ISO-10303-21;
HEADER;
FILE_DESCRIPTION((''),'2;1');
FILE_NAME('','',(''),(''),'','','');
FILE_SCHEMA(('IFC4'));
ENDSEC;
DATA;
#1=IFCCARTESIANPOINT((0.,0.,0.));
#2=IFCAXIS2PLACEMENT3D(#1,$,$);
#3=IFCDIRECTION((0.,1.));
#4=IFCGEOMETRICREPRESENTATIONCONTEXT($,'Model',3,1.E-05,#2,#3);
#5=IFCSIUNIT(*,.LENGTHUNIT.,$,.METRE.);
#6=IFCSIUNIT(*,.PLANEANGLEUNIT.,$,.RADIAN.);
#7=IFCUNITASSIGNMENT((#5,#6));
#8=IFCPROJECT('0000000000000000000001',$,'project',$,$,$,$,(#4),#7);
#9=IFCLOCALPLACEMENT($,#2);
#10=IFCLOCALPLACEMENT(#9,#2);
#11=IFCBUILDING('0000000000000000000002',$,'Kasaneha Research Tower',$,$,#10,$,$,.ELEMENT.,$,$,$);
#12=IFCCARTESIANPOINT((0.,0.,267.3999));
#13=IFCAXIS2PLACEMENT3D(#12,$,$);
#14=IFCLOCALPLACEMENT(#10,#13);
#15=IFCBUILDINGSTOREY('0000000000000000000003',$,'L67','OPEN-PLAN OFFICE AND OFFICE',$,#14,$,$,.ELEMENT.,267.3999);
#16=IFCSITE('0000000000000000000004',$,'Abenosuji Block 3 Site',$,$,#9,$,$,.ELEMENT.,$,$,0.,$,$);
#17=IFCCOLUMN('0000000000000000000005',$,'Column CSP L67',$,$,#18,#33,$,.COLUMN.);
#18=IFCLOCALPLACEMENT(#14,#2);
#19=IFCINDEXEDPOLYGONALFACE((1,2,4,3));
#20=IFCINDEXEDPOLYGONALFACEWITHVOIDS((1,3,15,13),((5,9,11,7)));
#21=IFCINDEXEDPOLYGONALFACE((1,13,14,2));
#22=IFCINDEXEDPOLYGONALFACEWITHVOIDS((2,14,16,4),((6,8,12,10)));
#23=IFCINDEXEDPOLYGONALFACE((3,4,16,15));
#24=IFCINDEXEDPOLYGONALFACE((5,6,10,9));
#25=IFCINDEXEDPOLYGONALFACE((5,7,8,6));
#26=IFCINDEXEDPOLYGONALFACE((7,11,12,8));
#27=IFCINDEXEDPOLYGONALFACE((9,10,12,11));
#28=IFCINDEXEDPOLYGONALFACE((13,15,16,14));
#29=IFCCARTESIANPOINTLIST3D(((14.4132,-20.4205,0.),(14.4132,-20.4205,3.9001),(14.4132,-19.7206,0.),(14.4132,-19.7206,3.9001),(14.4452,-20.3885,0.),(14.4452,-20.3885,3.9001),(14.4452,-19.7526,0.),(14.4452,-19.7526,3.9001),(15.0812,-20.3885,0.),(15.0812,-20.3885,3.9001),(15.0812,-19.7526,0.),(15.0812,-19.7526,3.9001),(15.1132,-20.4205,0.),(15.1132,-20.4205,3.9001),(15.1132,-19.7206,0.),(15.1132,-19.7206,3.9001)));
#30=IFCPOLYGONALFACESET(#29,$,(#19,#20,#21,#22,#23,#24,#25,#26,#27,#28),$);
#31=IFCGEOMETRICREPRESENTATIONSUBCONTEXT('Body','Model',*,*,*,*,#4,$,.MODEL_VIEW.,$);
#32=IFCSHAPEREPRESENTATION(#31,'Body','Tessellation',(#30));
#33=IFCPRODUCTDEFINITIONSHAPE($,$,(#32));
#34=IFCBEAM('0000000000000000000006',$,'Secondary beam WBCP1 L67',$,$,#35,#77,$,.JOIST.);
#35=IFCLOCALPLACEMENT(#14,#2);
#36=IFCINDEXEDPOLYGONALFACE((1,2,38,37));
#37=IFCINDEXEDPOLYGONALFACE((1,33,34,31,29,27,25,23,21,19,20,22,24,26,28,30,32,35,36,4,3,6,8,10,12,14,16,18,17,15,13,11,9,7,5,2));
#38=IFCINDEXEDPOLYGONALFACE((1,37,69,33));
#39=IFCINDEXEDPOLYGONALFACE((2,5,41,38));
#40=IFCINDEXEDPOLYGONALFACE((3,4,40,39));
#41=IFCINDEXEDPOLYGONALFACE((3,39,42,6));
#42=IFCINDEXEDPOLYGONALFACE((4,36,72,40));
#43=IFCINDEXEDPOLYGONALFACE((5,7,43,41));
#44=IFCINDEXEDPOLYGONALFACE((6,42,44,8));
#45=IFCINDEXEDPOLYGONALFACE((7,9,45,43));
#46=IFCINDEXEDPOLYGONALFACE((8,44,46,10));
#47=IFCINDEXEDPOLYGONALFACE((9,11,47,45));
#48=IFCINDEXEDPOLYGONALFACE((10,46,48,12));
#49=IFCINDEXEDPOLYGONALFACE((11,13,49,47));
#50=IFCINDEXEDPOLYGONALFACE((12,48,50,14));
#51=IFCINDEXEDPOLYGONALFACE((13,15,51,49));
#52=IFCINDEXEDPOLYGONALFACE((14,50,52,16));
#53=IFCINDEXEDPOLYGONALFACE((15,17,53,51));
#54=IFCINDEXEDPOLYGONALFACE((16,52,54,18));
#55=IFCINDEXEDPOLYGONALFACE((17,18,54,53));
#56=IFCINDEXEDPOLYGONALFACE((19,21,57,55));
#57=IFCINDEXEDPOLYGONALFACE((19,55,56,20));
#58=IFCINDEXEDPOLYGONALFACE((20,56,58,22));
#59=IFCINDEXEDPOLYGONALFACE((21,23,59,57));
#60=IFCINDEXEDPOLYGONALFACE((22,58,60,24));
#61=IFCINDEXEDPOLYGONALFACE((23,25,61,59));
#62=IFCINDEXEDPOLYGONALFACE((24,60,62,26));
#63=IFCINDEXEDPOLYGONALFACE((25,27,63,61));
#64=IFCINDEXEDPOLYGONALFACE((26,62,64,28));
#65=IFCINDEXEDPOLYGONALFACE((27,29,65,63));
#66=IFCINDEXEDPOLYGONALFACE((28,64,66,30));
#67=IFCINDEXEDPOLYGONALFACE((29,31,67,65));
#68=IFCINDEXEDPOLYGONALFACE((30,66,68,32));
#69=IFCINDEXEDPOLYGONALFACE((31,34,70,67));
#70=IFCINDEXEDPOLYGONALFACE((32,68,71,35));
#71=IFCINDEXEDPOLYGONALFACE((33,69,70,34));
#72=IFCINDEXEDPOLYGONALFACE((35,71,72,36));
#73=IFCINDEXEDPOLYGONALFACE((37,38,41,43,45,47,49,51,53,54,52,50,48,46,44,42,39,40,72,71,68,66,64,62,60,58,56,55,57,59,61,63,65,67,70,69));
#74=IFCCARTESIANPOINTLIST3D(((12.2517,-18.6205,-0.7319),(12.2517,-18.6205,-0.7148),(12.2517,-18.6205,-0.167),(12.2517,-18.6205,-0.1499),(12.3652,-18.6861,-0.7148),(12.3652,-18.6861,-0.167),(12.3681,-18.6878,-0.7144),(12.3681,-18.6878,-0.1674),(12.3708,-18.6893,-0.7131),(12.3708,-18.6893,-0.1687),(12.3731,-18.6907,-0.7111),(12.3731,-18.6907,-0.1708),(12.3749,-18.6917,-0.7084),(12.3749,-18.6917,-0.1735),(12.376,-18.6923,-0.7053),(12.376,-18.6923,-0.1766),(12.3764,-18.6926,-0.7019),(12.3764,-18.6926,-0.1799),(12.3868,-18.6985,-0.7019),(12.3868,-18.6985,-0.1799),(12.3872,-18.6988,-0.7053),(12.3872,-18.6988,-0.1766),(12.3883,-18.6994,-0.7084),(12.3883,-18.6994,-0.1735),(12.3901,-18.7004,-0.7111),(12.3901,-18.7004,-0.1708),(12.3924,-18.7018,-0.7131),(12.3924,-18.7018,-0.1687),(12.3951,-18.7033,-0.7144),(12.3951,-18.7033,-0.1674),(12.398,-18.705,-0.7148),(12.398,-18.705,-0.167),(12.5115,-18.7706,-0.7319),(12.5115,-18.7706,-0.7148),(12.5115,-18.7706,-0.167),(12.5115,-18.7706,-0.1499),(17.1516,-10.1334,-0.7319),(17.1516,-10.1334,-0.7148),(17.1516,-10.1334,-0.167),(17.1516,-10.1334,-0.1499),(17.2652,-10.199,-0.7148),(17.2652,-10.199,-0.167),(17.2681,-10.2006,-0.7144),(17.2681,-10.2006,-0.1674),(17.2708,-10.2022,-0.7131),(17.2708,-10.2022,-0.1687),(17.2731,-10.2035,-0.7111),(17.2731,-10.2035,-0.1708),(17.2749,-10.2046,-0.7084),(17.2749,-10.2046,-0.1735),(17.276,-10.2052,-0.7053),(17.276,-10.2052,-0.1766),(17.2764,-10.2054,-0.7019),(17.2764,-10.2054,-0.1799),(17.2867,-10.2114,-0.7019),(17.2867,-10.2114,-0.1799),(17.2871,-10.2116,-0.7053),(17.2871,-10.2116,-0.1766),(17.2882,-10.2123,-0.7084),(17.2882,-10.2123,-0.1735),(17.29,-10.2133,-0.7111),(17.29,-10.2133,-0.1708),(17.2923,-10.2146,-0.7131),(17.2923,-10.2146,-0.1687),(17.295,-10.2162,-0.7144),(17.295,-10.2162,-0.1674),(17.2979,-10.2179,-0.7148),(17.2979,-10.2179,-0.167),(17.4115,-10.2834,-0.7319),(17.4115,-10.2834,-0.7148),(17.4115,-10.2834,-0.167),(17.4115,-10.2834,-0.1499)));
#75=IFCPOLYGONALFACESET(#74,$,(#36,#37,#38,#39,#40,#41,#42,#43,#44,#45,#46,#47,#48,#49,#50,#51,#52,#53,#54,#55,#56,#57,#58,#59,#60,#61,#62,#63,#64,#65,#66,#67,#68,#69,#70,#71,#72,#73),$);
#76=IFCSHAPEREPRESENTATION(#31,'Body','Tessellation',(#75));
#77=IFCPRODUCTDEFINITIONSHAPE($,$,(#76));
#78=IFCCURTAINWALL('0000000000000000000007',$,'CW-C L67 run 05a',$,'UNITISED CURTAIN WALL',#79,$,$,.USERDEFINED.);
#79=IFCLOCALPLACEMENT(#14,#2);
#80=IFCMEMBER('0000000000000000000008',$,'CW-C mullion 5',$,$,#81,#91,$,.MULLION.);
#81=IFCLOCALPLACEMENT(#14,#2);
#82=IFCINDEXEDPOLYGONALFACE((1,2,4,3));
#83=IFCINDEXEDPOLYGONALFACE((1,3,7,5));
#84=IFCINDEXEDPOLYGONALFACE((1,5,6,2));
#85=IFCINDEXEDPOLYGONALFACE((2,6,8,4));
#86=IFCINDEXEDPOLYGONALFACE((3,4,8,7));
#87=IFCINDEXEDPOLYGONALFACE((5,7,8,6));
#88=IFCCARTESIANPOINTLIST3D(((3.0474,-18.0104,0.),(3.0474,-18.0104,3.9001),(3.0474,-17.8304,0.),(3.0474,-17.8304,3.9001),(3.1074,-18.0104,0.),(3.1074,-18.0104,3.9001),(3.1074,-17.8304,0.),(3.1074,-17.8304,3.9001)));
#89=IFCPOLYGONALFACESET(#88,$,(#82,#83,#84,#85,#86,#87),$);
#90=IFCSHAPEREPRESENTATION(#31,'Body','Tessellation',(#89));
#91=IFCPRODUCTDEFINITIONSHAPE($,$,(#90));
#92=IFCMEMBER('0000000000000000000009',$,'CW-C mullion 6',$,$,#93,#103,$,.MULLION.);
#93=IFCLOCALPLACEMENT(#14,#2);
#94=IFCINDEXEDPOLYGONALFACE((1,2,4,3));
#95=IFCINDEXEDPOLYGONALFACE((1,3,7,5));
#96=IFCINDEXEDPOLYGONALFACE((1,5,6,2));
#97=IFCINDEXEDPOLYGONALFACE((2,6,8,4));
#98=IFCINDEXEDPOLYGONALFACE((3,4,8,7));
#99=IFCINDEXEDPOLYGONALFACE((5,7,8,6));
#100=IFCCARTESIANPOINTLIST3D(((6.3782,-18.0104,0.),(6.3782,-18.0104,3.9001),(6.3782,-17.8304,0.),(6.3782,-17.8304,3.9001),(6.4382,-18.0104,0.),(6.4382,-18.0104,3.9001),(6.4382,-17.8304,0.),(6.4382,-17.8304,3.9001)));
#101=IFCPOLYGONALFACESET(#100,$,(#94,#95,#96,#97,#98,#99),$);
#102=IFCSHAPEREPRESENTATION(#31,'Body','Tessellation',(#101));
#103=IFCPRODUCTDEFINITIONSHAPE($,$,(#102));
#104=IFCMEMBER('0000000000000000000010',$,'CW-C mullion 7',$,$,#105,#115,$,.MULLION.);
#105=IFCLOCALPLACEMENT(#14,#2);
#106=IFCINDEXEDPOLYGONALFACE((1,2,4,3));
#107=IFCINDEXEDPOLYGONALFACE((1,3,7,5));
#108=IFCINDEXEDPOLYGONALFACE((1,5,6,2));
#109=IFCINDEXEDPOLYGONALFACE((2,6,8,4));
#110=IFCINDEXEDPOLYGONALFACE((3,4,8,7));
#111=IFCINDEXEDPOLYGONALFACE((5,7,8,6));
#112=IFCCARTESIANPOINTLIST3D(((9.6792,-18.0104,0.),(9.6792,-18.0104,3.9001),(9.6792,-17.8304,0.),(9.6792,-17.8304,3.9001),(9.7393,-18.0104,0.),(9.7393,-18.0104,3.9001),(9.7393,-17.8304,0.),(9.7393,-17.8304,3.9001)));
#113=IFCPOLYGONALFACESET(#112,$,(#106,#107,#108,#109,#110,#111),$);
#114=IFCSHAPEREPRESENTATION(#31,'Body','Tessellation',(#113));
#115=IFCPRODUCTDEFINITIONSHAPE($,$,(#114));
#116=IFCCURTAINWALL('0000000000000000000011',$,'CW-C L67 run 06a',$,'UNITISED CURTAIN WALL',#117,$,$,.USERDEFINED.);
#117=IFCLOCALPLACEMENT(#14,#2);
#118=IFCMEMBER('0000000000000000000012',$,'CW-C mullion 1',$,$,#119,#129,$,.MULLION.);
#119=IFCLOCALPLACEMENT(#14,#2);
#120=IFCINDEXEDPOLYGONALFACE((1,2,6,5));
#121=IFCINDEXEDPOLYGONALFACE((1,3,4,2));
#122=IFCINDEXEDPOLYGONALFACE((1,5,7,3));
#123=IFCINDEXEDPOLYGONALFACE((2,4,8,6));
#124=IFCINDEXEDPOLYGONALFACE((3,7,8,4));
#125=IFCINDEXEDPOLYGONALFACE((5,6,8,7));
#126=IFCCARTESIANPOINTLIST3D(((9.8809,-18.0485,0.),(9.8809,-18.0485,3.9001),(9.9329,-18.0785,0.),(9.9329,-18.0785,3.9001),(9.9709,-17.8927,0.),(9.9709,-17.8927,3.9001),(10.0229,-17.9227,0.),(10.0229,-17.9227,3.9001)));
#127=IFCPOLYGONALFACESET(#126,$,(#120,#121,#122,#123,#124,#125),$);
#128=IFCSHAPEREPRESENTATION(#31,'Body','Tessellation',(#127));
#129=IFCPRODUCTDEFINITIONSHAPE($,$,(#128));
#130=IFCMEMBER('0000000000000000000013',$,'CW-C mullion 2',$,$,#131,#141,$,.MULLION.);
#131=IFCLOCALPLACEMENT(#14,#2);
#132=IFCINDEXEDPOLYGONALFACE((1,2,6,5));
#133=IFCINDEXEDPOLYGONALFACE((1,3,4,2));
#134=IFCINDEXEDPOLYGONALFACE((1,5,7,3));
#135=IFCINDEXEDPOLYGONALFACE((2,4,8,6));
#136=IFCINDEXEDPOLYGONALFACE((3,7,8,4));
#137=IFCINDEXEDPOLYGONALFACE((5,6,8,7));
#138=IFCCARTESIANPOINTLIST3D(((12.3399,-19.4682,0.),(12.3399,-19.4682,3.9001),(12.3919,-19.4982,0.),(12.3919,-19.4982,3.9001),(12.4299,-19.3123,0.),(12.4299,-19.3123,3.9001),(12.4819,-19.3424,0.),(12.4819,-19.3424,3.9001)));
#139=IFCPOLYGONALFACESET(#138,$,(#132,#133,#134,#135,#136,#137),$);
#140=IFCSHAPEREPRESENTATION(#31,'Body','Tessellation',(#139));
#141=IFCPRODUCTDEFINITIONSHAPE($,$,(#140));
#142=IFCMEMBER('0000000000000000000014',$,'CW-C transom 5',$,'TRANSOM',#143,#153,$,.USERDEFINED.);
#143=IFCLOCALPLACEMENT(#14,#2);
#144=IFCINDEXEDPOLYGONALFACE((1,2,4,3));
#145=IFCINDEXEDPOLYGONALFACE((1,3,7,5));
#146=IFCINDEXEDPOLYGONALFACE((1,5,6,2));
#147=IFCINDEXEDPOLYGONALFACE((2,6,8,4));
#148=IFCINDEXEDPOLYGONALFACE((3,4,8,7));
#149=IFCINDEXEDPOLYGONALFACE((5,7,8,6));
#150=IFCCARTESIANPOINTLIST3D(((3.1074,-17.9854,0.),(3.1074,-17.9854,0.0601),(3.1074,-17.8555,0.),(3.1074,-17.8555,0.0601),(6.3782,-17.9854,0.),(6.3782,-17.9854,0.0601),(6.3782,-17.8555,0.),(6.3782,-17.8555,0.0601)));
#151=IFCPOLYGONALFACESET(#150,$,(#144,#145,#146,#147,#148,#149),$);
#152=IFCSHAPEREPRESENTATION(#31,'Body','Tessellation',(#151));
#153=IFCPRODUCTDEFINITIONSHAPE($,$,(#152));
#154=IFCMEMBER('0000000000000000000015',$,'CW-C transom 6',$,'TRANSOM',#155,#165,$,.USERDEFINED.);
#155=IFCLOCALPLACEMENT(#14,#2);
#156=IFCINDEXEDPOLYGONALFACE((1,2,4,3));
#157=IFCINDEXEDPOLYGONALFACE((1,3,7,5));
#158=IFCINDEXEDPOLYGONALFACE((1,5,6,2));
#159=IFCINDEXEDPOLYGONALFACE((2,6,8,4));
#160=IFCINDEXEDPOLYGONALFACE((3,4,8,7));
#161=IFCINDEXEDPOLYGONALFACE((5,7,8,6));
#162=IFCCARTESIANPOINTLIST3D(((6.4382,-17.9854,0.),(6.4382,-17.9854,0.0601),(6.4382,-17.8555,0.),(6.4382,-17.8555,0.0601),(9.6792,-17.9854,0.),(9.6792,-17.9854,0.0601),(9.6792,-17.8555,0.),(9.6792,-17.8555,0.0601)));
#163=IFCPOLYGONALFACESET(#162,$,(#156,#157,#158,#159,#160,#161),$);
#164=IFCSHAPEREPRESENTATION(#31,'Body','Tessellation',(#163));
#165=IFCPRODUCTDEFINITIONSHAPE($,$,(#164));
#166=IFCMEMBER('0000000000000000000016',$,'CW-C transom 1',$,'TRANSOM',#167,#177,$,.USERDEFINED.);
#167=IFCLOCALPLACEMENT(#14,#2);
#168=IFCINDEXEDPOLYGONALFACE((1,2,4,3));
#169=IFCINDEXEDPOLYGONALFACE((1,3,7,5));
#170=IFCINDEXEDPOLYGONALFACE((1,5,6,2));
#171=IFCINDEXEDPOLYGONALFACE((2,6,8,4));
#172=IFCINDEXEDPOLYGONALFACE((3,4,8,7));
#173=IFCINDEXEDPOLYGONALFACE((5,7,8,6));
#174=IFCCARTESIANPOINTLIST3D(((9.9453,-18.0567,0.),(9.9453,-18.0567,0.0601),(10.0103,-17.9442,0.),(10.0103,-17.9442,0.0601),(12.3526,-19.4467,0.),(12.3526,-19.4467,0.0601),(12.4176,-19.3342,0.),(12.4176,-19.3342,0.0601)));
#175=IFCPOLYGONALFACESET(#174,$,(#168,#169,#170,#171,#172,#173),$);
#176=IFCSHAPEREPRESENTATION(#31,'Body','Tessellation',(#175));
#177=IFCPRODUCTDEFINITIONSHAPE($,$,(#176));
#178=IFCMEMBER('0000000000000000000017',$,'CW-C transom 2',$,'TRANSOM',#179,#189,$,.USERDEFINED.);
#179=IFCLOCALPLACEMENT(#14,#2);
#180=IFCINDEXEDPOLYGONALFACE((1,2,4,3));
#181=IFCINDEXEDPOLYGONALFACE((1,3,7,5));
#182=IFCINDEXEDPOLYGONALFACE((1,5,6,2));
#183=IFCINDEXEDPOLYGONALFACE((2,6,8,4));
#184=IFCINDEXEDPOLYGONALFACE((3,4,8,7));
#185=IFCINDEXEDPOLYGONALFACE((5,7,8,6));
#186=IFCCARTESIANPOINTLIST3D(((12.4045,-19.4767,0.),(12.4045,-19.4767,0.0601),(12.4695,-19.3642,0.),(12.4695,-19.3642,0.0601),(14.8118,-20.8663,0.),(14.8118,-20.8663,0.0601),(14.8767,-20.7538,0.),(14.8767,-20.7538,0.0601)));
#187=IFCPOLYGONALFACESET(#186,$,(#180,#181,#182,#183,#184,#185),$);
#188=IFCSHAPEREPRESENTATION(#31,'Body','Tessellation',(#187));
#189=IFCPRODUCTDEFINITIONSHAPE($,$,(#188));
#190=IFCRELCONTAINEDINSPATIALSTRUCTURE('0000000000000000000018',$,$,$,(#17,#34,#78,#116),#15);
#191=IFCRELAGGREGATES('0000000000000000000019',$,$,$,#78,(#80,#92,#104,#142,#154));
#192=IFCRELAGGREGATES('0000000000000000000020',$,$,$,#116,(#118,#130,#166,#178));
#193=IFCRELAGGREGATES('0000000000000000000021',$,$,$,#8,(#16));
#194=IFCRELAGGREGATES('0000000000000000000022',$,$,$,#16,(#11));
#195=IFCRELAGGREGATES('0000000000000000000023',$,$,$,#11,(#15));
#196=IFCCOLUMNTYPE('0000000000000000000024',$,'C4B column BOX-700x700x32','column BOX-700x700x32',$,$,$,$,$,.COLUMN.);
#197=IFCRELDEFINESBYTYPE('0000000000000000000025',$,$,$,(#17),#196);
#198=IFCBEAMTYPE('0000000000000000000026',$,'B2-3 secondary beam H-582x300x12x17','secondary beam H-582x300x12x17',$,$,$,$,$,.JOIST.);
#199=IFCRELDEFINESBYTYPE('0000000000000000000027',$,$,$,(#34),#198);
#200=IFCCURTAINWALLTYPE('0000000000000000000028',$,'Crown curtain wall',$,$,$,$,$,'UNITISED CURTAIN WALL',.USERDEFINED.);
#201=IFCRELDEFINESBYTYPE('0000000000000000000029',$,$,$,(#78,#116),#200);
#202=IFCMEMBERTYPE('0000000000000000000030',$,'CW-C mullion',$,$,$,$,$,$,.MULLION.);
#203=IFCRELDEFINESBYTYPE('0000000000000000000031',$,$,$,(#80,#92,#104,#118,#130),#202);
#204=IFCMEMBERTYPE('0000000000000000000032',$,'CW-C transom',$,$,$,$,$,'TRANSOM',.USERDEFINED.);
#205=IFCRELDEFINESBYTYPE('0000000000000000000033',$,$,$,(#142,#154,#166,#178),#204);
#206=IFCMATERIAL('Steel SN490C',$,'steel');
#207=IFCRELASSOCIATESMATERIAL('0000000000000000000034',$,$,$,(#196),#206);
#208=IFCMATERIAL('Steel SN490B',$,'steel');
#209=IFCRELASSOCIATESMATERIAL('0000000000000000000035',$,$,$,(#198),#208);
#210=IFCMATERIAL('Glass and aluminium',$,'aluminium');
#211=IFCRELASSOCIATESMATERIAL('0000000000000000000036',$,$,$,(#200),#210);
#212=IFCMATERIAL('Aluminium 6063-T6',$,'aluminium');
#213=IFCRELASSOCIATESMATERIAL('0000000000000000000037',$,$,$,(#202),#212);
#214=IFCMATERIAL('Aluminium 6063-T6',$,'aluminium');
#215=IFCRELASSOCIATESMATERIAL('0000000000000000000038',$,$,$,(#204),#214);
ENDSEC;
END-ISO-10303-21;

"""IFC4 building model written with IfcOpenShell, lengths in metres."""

from ifc_helpers import new_model, si_unit, direction, frame, origin, origin_2d, place, context, subcontext, project, spatial, rectangle, hollow_rectangle, i_section, extrude, material, material_profile, profile_set, type_object, element, aggregate, save


model = new_model("IFC4")

# Units and contexts
model_context = context("Model", 3, precision=1e-05, world=origin(), true_north=direction((0.0, 1.0)))
body_context = subcontext(model_context, "Body", "Model", "MODEL_VIEW")
ifc_project = project(units=[si_unit("LENGTHUNIT", "METRE"), si_unit("PLANEANGLEUNIT", "RADIAN")], contexts=[model_context])

# Site, building, storey
site_placement = place(None, origin())
site = spatial("IfcSite", under=ifc_project, at=site_placement, Name="Abenosuji Block 3 Site", CompositionType="ELEMENT", RefElevation=0.0)
building_placement = place(site_placement, origin())
building = spatial("IfcBuilding", under=site, at=building_placement, Name="Kasaneha Research Tower", CompositionType="ELEMENT")
storey_placement = place(building_placement, frame((0.0, 0.0, 267.3999)))
storey = spatial("IfcBuildingStorey", under=building, at=storey_placement, Name="L67", Description="OPEN-PLAN OFFICE AND OFFICE", CompositionType="ELEMENT", Elevation=267.3999)

# Column
ifc_material_1 = material(Name="Steel SN490C", Category="steel")
ifc_material_profile_1 = material_profile(ifc_material_1, hollow_rectangle(XDim=0.7, YDim=0.7, WallThickness=0.032, at=origin_2d()), Name="BOX-700x700x32")
ifc_profile_set_1 = profile_set([ifc_material_profile_1], Name="Steel SN490C")
column_type = type_object("IfcColumnType", Name="C4B column BOX-700x700x32", Description="column BOX-700x700x32", PredefinedType="COLUMN", material=ifc_profile_set_1)
column_placement = place(storey_placement, frame((14.7632, -20.0706, 0.0), z_axis=(0.0, 0.0, 1.0), x_axis=(1.0, 0.0, 0.0)))
element("IfcColumn", 1, at=column_placement, inside=storey, type_object=column_type, Name="Column CSP L67", PredefinedType="COLUMN", context=body_context, shape_type="SweptSolid", body=[
    extrude(hollow_rectangle(XDim=0.7, YDim=0.7, WallThickness=0.032, at=origin_2d()), origin(), (0.0, 0.0, 1.0), 3.9001),
])

# Beam
ifc_material_2 = material(Name="Steel SN490B", Category="steel")
ifc_material_profile_2 = material_profile(ifc_material_2, i_section(OverallWidth=0.3, OverallDepth=0.582, WebThickness=0.012, FlangeThickness=0.0171, FilletRadius=0.0129, at=origin_2d()), Name="H-582x300x12x17")
ifc_profile_set_2 = profile_set([ifc_material_profile_2], Name="Steel SN490B")
beam_type_1 = type_object("IfcBeamType", Name="B2-3 secondary beam H-582x300x12x17", Description="secondary beam H-582x300x12x17", PredefinedType="JOIST", material=ifc_profile_set_2)
beam_1_placement = place(storey_placement, frame((12.3816, -18.6956, -0.4409), z_axis=(0.499992, 0.86603, 0.0), x_axis=(-0.86603, 0.499992, 0.0)))
element("IfcBeam", 2, at=beam_1_placement, inside=storey, type_object=beam_type_1, Name="Secondary beam WBCP1 L67", PredefinedType="JOIST", context=body_context, shape_type="SweptSolid", body=[
    extrude(i_section(OverallWidth=0.3, OverallDepth=0.582, WebThickness=0.012, FlangeThickness=0.0171, FilletRadius=0.0129, at=origin_2d()), origin(), (0.0, 0.0, 1.0), 9.8),
])

# Curtain walls, members
ifc_material_3 = material(Name="Glass and aluminium", Category="aluminium")
curtain_wall_type = type_object("IfcCurtainWallType", Name="Crown curtain wall", ElementType="UNITISED CURTAIN WALL", PredefinedType="USERDEFINED", material=ifc_material_3)
curtain_wall_1_placement = place(storey_placement, origin())
curtain_wall_1 = element("IfcCurtainWall", 3, at=curtain_wall_1_placement, inside=storey, type_object=curtain_wall_type, Name="CW-C L67 run 05a", ObjectType="UNITISED CURTAIN WALL", PredefinedType="USERDEFINED")
ifc_material_4 = material(Name="Aluminium 6063-T6", Category="aluminium")
ifc_material_profile_3 = material_profile(ifc_material_4, rectangle(XDim=0.0601, YDim=0.1799, at=origin_2d()), Name="CW-C mullion 60x180")
ifc_profile_set_3 = profile_set([ifc_material_profile_3], Name="Aluminium 6063-T6")
member_type_1 = type_object("IfcMemberType", Name="CW-C mullion", PredefinedType="MULLION", material=ifc_profile_set_3)
member_1_placement = place(storey_placement, frame((3.0774, -17.9204, 0.0), z_axis=(0.0, 0.0, 1.0), x_axis=(1.0, 0.0, 0.0)))
member_1 = element("IfcMember", 4, at=member_1_placement, type_object=member_type_1, Name="CW-C mullion 5", PredefinedType="MULLION", context=body_context, shape_type="SweptSolid", body=[
    extrude(rectangle(XDim=0.0601, YDim=0.1799, at=origin_2d()), origin(), (0.0, 0.0, 1.0), 3.9001),
])
member_2_placement = place(storey_placement, frame((6.4082, -17.9204, 0.0), z_axis=(0.0, 0.0, 1.0), x_axis=(1.0, 0.0, 0.0)))
member_2 = element("IfcMember", 5, at=member_2_placement, type_object=member_type_1, Name="CW-C mullion 6", PredefinedType="MULLION", context=body_context, shape_type="SweptSolid", body=[
    extrude(rectangle(XDim=0.0601, YDim=0.1799, at=origin_2d()), origin(), (0.0, 0.0, 1.0), 3.9001),
])
member_3_placement = place(storey_placement, frame((9.7092, -17.9204, 0.0), z_axis=(0.0, 0.0, 1.0), x_axis=(1.0, 0.0, 0.0)))
member_3 = element("IfcMember", 6, at=member_3_placement, type_object=member_type_1, Name="CW-C mullion 7", PredefinedType="MULLION", context=body_context, shape_type="SweptSolid", body=[
    extrude(rectangle(XDim=0.0601, YDim=0.1799, at=origin_2d()), origin(), (0.0, 0.0, 1.0), 3.9001),
])
curtain_wall_2_placement = place(storey_placement, origin())
curtain_wall_2 = element("IfcCurtainWall", 7, at=curtain_wall_2_placement, inside=storey, type_object=curtain_wall_type, Name="CW-C L67 run 06a", ObjectType="UNITISED CURTAIN WALL", PredefinedType="USERDEFINED")
member_4_placement = place(storey_placement, frame((9.9519, -17.9856, 0.0), z_axis=(0.0, 0.0, 1.0), x_axis=(0.866025, -0.5, 0.0)))
member_4 = element("IfcMember", 8, at=member_4_placement, type_object=member_type_1, Name="CW-C mullion 1", PredefinedType="MULLION", context=body_context, shape_type="SweptSolid", body=[
    extrude(rectangle(XDim=0.0601, YDim=0.1799, at=origin_2d()), origin(), (0.0, 0.0, 1.0), 3.9001),
])
member_5_placement = place(storey_placement, frame((12.4109, -19.4053, 0.0), z_axis=(0.0, 0.0, 1.0), x_axis=(0.866025, -0.5, 0.0)))
member_5 = element("IfcMember", 9, at=member_5_placement, type_object=member_type_1, Name="CW-C mullion 2", PredefinedType="MULLION", context=body_context, shape_type="SweptSolid", body=[
    extrude(rectangle(XDim=0.0601, YDim=0.1799, at=origin_2d()), origin(), (0.0, 0.0, 1.0), 3.9001),
])

# Members
ifc_material_5 = material(Name="Aluminium 6063-T6", Category="aluminium")
ifc_material_profile_4 = material_profile(ifc_material_5, rectangle(XDim=0.1299, YDim=0.0601, at=origin_2d()), Name="CW-C transom 130x60")
ifc_profile_set_4 = profile_set([ifc_material_profile_4], Name="Aluminium 6063-T6")
member_type_2 = type_object("IfcMemberType", Name="CW-C transom", ElementType="TRANSOM", PredefinedType="USERDEFINED", material=ifc_profile_set_4)
member_6_placement = place(storey_placement, frame((3.1074, -17.9204, 0.03), z_axis=(1.0, 0.0, 0.0), x_axis=(0.0, 1.0, 0.0)))
member_6 = element("IfcMember", 10, at=member_6_placement, type_object=member_type_2, Name="CW-C transom 5", ObjectType="TRANSOM", PredefinedType="USERDEFINED", context=body_context, shape_type="SweptSolid", body=[
    extrude(rectangle(XDim=0.1299, YDim=0.0601, at=origin_2d()), origin(), (0.0, 0.0, 1.0), 3.2708),
])
member_7_placement = place(storey_placement, frame((6.4382, -17.9204, 0.03), z_axis=(1.0, 0.0, 0.0), x_axis=(0.0, 1.0, 0.0)))
member_7 = element("IfcMember", 11, at=member_7_placement, type_object=member_type_2, Name="CW-C transom 6", ObjectType="TRANSOM", PredefinedType="USERDEFINED", context=body_context, shape_type="SweptSolid", body=[
    extrude(rectangle(XDim=0.1299, YDim=0.0601, at=origin_2d()), origin(), (0.0, 0.0, 1.0), 3.241),
])
member_8_placement = place(storey_placement, frame((9.9778, -18.0005, 0.03), z_axis=(0.866013, -0.500021, 0.0), x_axis=(0.500021, 0.866013, 0.0)))
member_8 = element("IfcMember", 12, at=member_8_placement, type_object=member_type_2, Name="CW-C transom 1", ObjectType="TRANSOM", PredefinedType="USERDEFINED", context=body_context, shape_type="SweptSolid", body=[
    extrude(rectangle(XDim=0.1299, YDim=0.0601, at=origin_2d()), origin(), (0.0, 0.0, 1.0), 2.7798),
])
member_9_placement = place(storey_placement, frame((12.437, -19.4204, 0.03), z_axis=(0.866051, -0.499956, 0.0), x_axis=(0.499956, 0.866051, 0.0)))
member_9 = element("IfcMember", 13, at=member_9_placement, type_object=member_type_2, Name="CW-C transom 2", ObjectType="TRANSOM", PredefinedType="USERDEFINED", context=body_context, shape_type="SweptSolid", body=[
    extrude(rectangle(XDim=0.1299, YDim=0.0601, at=origin_2d()), origin(), (0.0, 0.0, 1.0), 2.7795),
])

aggregate(curtain_wall_1, [member_1, member_2, member_3, member_6, member_7])
aggregate(curtain_wall_2, [member_4, member_5, member_8, member_9])

save(model, "model.ifc")
